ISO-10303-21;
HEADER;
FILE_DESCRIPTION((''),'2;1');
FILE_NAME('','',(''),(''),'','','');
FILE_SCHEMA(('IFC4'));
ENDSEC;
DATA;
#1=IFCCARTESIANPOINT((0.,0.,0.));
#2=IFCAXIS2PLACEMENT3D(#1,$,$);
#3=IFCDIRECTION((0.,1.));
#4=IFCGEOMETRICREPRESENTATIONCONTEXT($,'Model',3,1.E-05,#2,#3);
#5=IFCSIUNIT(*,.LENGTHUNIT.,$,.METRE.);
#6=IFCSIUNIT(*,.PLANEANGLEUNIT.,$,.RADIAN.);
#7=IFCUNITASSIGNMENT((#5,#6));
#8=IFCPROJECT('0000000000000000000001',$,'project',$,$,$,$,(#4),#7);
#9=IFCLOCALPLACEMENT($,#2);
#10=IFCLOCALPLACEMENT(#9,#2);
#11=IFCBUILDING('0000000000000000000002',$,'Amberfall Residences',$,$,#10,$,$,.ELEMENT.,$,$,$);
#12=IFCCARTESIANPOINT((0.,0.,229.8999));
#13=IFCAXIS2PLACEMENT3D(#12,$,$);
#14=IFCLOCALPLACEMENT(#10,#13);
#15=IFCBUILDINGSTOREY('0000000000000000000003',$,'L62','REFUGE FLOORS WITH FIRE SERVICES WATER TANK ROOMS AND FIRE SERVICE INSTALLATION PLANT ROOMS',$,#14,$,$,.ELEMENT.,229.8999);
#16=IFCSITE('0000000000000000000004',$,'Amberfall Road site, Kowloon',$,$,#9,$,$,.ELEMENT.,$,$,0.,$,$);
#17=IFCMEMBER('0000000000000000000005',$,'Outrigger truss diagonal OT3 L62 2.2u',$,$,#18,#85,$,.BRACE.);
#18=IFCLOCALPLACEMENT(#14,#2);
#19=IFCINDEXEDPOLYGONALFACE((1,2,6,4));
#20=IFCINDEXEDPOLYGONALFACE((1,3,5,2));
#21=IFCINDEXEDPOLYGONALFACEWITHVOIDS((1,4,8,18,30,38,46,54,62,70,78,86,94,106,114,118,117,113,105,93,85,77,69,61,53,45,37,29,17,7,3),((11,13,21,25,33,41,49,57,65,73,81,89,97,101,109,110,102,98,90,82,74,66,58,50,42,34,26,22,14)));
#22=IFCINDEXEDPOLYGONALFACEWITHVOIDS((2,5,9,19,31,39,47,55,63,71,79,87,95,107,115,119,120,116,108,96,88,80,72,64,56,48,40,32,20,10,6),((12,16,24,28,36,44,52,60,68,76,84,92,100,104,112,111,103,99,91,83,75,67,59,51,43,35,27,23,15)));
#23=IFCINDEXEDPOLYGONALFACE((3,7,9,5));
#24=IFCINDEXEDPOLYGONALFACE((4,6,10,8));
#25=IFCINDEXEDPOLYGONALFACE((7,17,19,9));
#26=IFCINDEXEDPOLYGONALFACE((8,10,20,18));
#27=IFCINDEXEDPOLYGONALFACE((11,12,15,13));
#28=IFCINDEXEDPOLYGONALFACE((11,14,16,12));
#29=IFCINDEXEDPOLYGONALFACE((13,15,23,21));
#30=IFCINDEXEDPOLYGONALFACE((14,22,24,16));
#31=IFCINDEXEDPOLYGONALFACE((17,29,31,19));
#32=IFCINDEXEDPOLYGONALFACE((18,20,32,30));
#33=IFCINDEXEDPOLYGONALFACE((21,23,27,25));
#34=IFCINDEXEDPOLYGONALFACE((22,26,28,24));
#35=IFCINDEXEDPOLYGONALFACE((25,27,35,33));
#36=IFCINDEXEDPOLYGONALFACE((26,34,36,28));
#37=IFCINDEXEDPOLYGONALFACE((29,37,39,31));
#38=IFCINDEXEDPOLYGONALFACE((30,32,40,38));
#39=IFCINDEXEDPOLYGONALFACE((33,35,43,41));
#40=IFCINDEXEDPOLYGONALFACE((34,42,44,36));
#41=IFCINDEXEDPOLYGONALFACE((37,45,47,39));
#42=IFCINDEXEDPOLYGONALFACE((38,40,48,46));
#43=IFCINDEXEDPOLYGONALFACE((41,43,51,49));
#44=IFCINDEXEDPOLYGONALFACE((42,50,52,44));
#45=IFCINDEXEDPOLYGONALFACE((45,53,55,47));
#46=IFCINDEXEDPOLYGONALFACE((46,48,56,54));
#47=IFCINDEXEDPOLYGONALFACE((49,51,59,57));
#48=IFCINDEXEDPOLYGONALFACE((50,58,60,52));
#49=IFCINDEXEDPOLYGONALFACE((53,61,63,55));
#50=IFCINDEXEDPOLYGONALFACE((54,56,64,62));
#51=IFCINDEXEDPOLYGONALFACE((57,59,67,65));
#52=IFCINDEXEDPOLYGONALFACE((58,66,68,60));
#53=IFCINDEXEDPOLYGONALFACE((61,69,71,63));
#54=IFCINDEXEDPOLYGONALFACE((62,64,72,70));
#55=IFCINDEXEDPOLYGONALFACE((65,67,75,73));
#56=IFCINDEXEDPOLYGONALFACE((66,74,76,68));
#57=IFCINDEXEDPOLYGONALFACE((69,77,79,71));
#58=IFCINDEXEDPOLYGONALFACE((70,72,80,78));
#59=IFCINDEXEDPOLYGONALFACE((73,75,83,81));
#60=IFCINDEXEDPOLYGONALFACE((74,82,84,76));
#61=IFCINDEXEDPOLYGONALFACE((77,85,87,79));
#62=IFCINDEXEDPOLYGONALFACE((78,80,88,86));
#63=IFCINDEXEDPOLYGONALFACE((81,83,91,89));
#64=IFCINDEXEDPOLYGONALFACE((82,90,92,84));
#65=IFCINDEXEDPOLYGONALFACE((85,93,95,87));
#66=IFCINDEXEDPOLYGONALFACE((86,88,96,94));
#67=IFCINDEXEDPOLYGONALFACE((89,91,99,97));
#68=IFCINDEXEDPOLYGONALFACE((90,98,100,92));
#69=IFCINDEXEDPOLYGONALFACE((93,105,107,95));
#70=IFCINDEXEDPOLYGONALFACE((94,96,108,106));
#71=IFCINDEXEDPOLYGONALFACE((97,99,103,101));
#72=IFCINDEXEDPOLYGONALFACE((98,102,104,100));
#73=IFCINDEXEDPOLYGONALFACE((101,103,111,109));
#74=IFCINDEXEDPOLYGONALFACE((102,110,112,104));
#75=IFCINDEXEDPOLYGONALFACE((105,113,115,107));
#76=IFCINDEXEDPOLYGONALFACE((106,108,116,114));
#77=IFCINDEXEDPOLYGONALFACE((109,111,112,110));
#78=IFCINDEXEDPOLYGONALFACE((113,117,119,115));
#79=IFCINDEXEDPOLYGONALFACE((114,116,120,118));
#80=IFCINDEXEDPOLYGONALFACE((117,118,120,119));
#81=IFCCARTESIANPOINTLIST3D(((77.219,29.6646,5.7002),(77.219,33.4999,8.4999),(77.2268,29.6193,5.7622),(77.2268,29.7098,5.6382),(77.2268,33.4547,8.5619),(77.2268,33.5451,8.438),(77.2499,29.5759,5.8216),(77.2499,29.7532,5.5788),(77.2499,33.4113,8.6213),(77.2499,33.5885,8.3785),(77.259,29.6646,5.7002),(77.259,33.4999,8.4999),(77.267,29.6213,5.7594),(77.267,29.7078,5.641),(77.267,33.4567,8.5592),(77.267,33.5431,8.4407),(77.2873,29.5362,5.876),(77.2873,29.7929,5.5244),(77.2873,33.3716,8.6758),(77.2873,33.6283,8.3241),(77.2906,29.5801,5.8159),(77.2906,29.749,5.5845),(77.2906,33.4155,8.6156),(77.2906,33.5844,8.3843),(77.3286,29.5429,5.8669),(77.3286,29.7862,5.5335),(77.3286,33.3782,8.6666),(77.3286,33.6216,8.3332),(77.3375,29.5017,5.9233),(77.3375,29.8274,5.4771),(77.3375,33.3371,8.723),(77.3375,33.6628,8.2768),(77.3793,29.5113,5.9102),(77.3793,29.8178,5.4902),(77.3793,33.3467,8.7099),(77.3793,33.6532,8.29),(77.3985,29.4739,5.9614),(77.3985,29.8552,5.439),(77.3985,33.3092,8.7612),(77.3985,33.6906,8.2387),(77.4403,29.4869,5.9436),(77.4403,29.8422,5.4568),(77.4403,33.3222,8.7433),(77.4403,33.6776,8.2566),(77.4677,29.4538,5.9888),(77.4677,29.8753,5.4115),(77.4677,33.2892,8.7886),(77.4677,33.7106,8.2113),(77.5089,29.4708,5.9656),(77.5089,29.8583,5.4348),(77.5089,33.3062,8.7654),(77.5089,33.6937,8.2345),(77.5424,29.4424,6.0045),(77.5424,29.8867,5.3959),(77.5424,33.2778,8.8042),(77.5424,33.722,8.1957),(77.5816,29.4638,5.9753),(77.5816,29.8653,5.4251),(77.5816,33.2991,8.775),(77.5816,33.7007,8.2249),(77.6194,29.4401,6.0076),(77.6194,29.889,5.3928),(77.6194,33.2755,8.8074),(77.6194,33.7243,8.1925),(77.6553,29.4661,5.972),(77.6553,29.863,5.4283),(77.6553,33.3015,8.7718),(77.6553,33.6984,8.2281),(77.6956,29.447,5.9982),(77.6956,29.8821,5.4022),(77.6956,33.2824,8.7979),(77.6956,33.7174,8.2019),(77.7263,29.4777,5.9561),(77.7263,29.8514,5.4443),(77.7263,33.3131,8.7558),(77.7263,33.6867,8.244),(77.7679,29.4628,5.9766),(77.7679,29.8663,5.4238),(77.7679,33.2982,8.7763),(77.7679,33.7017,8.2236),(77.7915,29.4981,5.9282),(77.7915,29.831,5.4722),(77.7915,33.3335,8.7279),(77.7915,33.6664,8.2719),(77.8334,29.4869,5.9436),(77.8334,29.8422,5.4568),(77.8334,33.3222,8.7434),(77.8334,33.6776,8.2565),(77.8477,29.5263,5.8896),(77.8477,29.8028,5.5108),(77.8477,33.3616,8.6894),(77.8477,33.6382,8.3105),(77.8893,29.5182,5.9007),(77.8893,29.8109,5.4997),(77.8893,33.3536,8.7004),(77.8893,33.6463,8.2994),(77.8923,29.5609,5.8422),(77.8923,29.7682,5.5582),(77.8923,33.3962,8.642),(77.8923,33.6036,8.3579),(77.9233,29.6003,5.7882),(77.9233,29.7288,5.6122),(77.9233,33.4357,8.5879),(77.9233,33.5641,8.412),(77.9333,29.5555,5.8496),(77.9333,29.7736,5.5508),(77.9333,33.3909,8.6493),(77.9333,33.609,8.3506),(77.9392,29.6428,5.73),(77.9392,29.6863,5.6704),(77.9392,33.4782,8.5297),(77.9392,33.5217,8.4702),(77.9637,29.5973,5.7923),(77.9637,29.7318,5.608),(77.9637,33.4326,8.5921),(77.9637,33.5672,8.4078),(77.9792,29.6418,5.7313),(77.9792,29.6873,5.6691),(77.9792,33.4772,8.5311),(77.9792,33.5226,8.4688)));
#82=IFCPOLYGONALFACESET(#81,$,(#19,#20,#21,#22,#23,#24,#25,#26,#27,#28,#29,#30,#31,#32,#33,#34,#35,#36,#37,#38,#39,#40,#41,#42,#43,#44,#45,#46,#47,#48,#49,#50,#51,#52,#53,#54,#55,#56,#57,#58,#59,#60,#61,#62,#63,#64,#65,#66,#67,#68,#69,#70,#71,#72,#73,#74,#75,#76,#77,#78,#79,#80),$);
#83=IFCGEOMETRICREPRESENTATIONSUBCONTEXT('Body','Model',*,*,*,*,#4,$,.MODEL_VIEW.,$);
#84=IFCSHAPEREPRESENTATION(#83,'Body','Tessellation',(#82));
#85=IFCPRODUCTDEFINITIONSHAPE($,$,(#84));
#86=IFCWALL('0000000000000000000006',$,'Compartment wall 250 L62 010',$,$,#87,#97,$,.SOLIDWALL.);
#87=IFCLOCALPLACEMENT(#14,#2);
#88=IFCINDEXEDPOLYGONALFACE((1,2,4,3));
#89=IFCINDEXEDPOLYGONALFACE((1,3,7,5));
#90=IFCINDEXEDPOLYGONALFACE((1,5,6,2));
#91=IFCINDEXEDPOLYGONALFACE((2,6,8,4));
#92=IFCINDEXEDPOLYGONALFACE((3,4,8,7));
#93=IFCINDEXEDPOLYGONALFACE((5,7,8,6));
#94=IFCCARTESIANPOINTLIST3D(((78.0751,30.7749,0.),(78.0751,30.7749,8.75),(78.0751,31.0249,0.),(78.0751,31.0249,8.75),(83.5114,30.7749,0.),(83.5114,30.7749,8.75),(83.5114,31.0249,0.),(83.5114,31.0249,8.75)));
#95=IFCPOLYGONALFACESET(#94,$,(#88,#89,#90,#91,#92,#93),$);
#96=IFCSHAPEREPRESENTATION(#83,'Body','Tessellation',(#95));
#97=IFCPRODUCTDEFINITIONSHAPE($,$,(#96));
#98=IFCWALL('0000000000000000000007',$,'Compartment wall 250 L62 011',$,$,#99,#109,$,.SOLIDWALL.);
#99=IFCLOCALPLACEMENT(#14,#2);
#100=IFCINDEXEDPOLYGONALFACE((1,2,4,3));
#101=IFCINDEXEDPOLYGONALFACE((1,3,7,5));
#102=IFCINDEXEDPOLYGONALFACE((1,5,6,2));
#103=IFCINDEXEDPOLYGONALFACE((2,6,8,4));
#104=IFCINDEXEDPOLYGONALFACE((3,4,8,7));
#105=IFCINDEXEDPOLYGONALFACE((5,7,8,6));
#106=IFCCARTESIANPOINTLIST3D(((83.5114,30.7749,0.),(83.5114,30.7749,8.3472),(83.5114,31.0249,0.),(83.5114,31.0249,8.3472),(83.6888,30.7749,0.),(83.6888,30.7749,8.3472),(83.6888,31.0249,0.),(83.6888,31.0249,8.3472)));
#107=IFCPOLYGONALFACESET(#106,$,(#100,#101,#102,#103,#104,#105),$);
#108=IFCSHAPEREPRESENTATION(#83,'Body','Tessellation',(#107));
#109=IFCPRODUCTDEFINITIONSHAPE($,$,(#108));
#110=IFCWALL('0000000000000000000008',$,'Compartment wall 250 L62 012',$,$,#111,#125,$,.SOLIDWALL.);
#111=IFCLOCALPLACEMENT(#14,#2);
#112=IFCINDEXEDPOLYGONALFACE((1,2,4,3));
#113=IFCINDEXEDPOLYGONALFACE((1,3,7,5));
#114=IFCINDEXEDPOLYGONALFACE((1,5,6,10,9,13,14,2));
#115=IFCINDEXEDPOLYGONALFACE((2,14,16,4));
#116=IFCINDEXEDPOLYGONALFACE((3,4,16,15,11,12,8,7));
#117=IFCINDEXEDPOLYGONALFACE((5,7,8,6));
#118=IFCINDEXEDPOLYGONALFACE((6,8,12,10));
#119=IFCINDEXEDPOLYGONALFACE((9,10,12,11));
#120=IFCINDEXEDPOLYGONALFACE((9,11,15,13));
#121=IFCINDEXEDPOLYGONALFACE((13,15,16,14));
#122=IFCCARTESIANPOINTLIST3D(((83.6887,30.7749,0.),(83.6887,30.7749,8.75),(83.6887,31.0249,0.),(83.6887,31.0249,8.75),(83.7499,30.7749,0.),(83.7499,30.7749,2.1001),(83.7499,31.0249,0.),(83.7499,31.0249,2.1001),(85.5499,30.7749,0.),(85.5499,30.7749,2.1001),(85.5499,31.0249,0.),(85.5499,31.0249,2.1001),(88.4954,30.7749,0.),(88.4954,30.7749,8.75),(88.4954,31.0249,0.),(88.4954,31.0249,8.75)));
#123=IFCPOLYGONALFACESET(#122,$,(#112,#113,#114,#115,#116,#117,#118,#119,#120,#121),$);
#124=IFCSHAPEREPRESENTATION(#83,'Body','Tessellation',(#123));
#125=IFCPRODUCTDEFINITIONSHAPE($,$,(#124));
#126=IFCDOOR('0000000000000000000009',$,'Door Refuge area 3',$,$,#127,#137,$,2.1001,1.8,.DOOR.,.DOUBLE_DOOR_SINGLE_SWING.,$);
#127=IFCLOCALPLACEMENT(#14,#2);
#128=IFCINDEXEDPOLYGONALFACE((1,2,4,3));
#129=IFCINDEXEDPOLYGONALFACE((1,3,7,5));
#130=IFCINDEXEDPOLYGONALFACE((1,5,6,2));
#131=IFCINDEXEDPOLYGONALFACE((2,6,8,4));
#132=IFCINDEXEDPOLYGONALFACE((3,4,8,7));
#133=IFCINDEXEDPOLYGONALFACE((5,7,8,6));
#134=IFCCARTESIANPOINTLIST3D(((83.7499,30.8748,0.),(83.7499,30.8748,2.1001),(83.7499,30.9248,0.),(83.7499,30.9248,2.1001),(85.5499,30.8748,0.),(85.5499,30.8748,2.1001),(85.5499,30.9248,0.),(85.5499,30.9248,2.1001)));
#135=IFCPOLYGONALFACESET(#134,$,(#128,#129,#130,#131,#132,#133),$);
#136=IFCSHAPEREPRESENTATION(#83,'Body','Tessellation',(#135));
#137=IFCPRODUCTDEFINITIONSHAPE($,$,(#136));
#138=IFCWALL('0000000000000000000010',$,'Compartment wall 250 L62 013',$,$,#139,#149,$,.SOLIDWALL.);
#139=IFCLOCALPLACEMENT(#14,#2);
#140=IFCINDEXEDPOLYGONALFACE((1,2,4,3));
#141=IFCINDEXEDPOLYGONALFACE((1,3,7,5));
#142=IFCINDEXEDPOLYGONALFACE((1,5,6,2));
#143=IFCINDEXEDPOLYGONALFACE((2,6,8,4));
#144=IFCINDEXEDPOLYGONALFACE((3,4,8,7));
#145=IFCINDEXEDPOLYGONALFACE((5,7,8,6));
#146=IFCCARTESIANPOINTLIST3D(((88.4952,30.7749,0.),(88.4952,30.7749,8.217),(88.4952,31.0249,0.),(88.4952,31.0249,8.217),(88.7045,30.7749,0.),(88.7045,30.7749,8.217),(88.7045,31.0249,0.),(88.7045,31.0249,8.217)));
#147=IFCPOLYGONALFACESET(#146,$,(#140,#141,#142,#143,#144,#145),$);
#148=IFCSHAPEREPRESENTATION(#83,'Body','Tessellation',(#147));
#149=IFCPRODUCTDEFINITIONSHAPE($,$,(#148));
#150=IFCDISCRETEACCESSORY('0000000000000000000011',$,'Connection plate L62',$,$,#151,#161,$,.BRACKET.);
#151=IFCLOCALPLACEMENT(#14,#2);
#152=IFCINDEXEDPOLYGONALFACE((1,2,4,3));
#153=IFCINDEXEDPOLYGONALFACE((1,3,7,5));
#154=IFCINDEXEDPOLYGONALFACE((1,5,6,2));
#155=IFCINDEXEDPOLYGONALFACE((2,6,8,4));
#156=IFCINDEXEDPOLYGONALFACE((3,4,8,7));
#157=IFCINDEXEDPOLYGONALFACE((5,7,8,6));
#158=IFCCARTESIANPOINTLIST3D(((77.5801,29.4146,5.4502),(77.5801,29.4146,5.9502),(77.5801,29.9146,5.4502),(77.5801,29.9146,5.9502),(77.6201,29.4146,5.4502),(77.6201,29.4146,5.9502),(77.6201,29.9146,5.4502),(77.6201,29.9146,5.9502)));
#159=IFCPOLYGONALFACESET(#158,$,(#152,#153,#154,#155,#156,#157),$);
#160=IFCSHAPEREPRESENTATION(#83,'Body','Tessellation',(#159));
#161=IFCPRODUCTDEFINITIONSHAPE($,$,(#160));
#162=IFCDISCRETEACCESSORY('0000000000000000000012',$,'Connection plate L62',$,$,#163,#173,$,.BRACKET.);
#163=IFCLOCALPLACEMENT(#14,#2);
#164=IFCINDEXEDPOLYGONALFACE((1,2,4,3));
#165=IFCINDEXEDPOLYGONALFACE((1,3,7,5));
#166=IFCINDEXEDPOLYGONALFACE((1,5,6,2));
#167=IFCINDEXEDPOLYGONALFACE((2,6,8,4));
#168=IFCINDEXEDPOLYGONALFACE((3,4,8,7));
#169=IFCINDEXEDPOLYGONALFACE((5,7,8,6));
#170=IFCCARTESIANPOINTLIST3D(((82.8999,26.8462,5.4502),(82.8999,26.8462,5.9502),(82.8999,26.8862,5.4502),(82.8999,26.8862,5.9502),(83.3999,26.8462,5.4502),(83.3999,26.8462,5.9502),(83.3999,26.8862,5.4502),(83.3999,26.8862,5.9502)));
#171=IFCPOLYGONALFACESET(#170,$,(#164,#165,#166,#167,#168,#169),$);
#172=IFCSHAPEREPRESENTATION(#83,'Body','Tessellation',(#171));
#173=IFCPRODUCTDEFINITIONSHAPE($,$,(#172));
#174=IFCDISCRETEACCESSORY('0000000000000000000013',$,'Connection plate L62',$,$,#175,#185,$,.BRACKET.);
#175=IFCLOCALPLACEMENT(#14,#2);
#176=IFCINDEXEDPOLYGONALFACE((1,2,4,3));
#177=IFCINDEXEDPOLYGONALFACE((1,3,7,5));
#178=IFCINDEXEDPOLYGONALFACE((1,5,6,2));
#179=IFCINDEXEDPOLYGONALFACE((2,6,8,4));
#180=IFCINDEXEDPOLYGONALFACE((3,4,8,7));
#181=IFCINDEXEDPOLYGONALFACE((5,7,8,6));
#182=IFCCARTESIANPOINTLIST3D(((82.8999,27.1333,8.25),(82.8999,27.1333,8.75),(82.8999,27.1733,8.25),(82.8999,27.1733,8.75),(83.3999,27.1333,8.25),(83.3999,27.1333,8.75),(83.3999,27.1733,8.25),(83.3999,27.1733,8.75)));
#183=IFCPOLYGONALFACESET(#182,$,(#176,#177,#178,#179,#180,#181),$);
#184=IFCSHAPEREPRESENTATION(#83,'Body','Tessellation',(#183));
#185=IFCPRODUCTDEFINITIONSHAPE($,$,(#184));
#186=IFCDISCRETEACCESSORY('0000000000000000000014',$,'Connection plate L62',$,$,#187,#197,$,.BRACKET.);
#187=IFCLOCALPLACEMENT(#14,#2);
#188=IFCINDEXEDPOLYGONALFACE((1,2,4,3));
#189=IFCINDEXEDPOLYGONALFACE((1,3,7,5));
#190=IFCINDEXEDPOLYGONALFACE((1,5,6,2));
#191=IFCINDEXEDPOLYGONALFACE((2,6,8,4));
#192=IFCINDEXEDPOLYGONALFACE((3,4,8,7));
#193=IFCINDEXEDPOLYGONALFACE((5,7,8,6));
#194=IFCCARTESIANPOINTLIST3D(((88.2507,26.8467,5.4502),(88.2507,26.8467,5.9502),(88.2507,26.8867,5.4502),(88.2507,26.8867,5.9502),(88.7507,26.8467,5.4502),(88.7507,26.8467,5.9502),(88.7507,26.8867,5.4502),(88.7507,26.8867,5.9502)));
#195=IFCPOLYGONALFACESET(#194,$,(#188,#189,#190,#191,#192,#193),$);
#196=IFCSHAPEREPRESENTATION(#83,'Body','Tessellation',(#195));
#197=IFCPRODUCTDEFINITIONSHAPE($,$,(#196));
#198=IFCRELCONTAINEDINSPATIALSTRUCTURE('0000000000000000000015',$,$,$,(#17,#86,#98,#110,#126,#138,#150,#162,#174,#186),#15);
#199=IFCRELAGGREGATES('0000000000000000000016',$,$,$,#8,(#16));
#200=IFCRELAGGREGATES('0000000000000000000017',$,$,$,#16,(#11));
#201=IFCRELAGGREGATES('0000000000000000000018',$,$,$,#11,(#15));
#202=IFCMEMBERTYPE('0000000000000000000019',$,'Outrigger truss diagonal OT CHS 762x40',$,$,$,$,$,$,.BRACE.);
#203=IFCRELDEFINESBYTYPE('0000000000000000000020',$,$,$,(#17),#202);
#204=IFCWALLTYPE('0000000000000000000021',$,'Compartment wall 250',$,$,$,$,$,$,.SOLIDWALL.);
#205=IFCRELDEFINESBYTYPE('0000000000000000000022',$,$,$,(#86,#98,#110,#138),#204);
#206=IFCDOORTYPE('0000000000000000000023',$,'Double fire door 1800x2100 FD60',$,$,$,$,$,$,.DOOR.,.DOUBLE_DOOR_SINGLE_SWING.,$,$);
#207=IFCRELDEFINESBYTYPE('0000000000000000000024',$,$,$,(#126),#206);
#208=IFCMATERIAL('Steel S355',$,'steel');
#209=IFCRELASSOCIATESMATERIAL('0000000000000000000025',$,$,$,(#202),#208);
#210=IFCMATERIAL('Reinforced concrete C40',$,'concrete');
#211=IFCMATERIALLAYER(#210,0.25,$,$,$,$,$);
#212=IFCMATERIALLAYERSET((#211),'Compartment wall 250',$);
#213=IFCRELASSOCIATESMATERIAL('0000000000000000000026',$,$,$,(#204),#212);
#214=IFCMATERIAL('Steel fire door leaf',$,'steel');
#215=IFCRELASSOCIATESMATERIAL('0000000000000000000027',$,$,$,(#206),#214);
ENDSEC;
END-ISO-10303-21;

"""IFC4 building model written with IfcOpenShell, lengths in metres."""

from ifc_helpers import new_model, si_unit, direction, frame, frame_2d, origin, origin_2d, place, context, subcontext, project, spatial, rectangle, hollow_circle, extrude, material, layer, layer_set, material_profile, profile_set, type_object, element, fill, save


model = new_model("IFC4")

# Units and contexts
model_context = context("Model", 3, precision=1e-05, world=origin(), true_north=direction((0.0, 1.0)))
body_context = subcontext(model_context, "Body", "Model", "MODEL_VIEW")
ifc_project = project(units=[si_unit("LENGTHUNIT", "METRE"), si_unit("PLANEANGLEUNIT", "RADIAN")], contexts=[model_context])

# Site, building, storey
site_placement = place(None, origin())
site = spatial("IfcSite", under=ifc_project, at=site_placement, Name="Amberfall Road site, Kowloon", CompositionType="ELEMENT", RefElevation=0.0)
building_placement = place(site_placement, origin())
building = spatial("IfcBuilding", under=site, at=building_placement, Name="Amberfall Residences", CompositionType="ELEMENT")
storey_placement = place(building_placement, frame((0.0, 0.0, 229.8999)))
storey = spatial("IfcBuildingStorey", under=building, at=storey_placement, Name="L62", Description="REFUGE FLOORS WITH FIRE SERVICES WATER TANK ROOMS AND FIRE SERVICE INSTALLATION PLANT ROOMS", CompositionType="ELEMENT", Elevation=229.8999)

# Shared definitions
ifc_material_1 = material(Name="Steel S355", Category="steel")

# Member
ifc_material_profile_1 = material_profile(ifc_material_1, hollow_circle(Radius=0.3811, WallThickness=0.04, at=origin_2d()), Name="CHS 762x40")
ifc_profile_set_1 = profile_set([ifc_material_profile_1], Name="Steel S355")
member_type_1 = type_object("IfcMemberType", Name="Outrigger truss diagonal OT CHS 762x40", PredefinedType="BRACE", material=ifc_profile_set_1)
member_1_placement = place(storey_placement, frame((77.6001, 29.6646, 5.7002), z_axis=(0.0, 0.807694, 0.589601), x_axis=(-1.0, 0.0, 0.0)))
element("IfcMember", 1, at=member_1_placement, inside=storey, type_object=member_type_1, Name="Outrigger truss diagonal OT3 L62 2.2u", PredefinedType="BRACE", context=body_context, shape_type="SweptSolid", body=[
    extrude(hollow_circle(Radius=0.3811, WallThickness=0.04, at=origin_2d()), origin(), (0.0, 0.0, 1.0), 4.7485),
])

# Walls
ifc_material_2 = material(Name="Reinforced concrete C40", Category="concrete")
ifc_layer = layer(ifc_material_2, 0.25)
ifc_layer_set = layer_set([ifc_layer], Name="Compartment wall 250")
wall_type = type_object("IfcWallType", Name="Compartment wall 250", PredefinedType="SOLIDWALL", material=ifc_layer_set)
wall_1_placement = place(storey_placement, frame((78.075, 30.8999, 0.0), z_axis=(0.0, 0.0, 1.0), x_axis=(1.0, 0.0, 0.0)))
element("IfcWall", 2, at=wall_1_placement, inside=storey, type_object=wall_type, Name="Compartment wall 250 L62 010", PredefinedType="SOLIDWALL", context=body_context, shape_type="SweptSolid", body=[
    extrude(rectangle(XDim=5.4363, YDim=0.25, at=frame_2d((2.7183, 0.0))), origin(), (0.0, 0.0, 1.0), 8.75),
])
wall_2_placement = place(storey_placement, frame((83.5112, 30.8999, 0.0), z_axis=(0.0, 0.0, 1.0), x_axis=(1.0, 0.0, 0.0)))
element("IfcWall", 3, at=wall_2_placement, inside=storey, type_object=wall_type, Name="Compartment wall 250 L62 011", PredefinedType="SOLIDWALL", context=body_context, shape_type="SweptSolid", body=[
    extrude(rectangle(XDim=0.1775, YDim=0.25, at=frame_2d((0.0889, 0.0))), origin(), (0.0, 0.0, 1.0), 8.3472),
])

# Wall, opening, door
wall_3_placement = place(storey_placement, frame((83.6887, 30.8999, 0.0), z_axis=(0.0, 0.0, 1.0), x_axis=(1.0, 0.0, 0.0)))
wall_3 = element("IfcWall", 4, at=wall_3_placement, inside=storey, type_object=wall_type, Name="Compartment wall 250 L62 012", PredefinedType="SOLIDWALL", context=body_context, shape_type="SweptSolid", body=[
    extrude(rectangle(XDim=4.8066, YDim=0.25, at=frame_2d((2.4033, 0.0))), origin(), (0.0, 0.0, 1.0), 8.75),
])
opening_placement = place(wall_3_placement, frame((0.0613, 0.0, 0.0)))
opening = element("IfcOpeningElement", 5, at=opening_placement, cuts=wall_3, PredefinedType="OPENING", context=body_context, shape_type="SweptSolid", body=[
    extrude(rectangle(XDim=1.8, YDim=2.1001, at=frame_2d((0.8999, 1.05))), frame((0.0, 0.135, 0.0), z_axis=(0.0, -1.0, 0.0), x_axis=(1.0, 0.0, 0.0)), (0.0, 0.0, 1.0), 0.27),
])
ifc_material_3 = material(Name="Steel fire door leaf", Category="steel")
door_type = type_object("IfcDoorType", Name="Double fire door 1800x2100 FD60", OperationType="DOUBLE_DOOR_SINGLE_SWING", PredefinedType="DOOR", material=ifc_material_3)
door_placement = place(opening_placement, origin())
door = element("IfcDoor", 6, at=door_placement, inside=storey, type_object=door_type, Name="Door Refuge area 3", OperationType="DOUBLE_DOOR_SINGLE_SWING", OverallHeight=2.1001, OverallWidth=1.8, PredefinedType="DOOR", context=body_context, shape_type="SweptSolid", body=[
    extrude(rectangle(XDim=1.8, YDim=2.1001, at=frame_2d((0.8999, 1.05))), frame((0.0, 0.0249, 0.0), z_axis=(0.0, -1.0, 0.0), x_axis=(1.0, 0.0, 0.0)), (0.0, 0.0, 1.0), 0.05),
])
fill(opening, door)

# Wall
wall_4_placement = place(storey_placement, frame((88.4954, 30.8999, 0.0), z_axis=(0.0, 0.0, 1.0), x_axis=(1.0, 0.0, 0.0)))
element("IfcWall", 7, at=wall_4_placement, inside=storey, type_object=wall_type, Name="Compartment wall 250 L62 013", PredefinedType="SOLIDWALL", context=body_context, shape_type="SweptSolid", body=[
    extrude(rectangle(XDim=0.2092, YDim=0.25, at=frame_2d((0.1045, 0.0))), origin(), (0.0, 0.0, 1.0), 8.217),
])

# Discrete accessories
for number, where, z_axis, x_axis, name in (
    (8, (77.6001, 29.6646, 5.4502), (0.0, 0.0, 1.0), (0.0, 1.0, 0.0), "Connection plate L62"),
    (9, (83.1499, 26.8662, 5.4502), (0.0, 0.0, 1.0), (1.0, 0.0, 0.0), "Connection plate L62"),
    (10, (83.1499, 27.1533, 8.25), (0.0, 0.0, 1.0), (1.0, 0.0, 0.0), "Connection plate L62"),
    (11, (88.5007, 26.8667, 5.4502), (0.0, 0.0, 1.0), (1.0, 0.0, 0.0), "Connection plate L62"),
):
    element("IfcDiscreteAccessory", number, at=place(storey_placement, frame(where, z_axis=z_axis, x_axis=x_axis)), inside=storey, Name=name, PredefinedType="BRACKET", context=body_context, shape_type="SweptSolid", body=[
        extrude(rectangle(XDim=0.5, YDim=0.04, at=origin_2d()), origin(), (0.0, 0.0, 1.0), 0.5),
    ])

save(model, "model.ifc")
